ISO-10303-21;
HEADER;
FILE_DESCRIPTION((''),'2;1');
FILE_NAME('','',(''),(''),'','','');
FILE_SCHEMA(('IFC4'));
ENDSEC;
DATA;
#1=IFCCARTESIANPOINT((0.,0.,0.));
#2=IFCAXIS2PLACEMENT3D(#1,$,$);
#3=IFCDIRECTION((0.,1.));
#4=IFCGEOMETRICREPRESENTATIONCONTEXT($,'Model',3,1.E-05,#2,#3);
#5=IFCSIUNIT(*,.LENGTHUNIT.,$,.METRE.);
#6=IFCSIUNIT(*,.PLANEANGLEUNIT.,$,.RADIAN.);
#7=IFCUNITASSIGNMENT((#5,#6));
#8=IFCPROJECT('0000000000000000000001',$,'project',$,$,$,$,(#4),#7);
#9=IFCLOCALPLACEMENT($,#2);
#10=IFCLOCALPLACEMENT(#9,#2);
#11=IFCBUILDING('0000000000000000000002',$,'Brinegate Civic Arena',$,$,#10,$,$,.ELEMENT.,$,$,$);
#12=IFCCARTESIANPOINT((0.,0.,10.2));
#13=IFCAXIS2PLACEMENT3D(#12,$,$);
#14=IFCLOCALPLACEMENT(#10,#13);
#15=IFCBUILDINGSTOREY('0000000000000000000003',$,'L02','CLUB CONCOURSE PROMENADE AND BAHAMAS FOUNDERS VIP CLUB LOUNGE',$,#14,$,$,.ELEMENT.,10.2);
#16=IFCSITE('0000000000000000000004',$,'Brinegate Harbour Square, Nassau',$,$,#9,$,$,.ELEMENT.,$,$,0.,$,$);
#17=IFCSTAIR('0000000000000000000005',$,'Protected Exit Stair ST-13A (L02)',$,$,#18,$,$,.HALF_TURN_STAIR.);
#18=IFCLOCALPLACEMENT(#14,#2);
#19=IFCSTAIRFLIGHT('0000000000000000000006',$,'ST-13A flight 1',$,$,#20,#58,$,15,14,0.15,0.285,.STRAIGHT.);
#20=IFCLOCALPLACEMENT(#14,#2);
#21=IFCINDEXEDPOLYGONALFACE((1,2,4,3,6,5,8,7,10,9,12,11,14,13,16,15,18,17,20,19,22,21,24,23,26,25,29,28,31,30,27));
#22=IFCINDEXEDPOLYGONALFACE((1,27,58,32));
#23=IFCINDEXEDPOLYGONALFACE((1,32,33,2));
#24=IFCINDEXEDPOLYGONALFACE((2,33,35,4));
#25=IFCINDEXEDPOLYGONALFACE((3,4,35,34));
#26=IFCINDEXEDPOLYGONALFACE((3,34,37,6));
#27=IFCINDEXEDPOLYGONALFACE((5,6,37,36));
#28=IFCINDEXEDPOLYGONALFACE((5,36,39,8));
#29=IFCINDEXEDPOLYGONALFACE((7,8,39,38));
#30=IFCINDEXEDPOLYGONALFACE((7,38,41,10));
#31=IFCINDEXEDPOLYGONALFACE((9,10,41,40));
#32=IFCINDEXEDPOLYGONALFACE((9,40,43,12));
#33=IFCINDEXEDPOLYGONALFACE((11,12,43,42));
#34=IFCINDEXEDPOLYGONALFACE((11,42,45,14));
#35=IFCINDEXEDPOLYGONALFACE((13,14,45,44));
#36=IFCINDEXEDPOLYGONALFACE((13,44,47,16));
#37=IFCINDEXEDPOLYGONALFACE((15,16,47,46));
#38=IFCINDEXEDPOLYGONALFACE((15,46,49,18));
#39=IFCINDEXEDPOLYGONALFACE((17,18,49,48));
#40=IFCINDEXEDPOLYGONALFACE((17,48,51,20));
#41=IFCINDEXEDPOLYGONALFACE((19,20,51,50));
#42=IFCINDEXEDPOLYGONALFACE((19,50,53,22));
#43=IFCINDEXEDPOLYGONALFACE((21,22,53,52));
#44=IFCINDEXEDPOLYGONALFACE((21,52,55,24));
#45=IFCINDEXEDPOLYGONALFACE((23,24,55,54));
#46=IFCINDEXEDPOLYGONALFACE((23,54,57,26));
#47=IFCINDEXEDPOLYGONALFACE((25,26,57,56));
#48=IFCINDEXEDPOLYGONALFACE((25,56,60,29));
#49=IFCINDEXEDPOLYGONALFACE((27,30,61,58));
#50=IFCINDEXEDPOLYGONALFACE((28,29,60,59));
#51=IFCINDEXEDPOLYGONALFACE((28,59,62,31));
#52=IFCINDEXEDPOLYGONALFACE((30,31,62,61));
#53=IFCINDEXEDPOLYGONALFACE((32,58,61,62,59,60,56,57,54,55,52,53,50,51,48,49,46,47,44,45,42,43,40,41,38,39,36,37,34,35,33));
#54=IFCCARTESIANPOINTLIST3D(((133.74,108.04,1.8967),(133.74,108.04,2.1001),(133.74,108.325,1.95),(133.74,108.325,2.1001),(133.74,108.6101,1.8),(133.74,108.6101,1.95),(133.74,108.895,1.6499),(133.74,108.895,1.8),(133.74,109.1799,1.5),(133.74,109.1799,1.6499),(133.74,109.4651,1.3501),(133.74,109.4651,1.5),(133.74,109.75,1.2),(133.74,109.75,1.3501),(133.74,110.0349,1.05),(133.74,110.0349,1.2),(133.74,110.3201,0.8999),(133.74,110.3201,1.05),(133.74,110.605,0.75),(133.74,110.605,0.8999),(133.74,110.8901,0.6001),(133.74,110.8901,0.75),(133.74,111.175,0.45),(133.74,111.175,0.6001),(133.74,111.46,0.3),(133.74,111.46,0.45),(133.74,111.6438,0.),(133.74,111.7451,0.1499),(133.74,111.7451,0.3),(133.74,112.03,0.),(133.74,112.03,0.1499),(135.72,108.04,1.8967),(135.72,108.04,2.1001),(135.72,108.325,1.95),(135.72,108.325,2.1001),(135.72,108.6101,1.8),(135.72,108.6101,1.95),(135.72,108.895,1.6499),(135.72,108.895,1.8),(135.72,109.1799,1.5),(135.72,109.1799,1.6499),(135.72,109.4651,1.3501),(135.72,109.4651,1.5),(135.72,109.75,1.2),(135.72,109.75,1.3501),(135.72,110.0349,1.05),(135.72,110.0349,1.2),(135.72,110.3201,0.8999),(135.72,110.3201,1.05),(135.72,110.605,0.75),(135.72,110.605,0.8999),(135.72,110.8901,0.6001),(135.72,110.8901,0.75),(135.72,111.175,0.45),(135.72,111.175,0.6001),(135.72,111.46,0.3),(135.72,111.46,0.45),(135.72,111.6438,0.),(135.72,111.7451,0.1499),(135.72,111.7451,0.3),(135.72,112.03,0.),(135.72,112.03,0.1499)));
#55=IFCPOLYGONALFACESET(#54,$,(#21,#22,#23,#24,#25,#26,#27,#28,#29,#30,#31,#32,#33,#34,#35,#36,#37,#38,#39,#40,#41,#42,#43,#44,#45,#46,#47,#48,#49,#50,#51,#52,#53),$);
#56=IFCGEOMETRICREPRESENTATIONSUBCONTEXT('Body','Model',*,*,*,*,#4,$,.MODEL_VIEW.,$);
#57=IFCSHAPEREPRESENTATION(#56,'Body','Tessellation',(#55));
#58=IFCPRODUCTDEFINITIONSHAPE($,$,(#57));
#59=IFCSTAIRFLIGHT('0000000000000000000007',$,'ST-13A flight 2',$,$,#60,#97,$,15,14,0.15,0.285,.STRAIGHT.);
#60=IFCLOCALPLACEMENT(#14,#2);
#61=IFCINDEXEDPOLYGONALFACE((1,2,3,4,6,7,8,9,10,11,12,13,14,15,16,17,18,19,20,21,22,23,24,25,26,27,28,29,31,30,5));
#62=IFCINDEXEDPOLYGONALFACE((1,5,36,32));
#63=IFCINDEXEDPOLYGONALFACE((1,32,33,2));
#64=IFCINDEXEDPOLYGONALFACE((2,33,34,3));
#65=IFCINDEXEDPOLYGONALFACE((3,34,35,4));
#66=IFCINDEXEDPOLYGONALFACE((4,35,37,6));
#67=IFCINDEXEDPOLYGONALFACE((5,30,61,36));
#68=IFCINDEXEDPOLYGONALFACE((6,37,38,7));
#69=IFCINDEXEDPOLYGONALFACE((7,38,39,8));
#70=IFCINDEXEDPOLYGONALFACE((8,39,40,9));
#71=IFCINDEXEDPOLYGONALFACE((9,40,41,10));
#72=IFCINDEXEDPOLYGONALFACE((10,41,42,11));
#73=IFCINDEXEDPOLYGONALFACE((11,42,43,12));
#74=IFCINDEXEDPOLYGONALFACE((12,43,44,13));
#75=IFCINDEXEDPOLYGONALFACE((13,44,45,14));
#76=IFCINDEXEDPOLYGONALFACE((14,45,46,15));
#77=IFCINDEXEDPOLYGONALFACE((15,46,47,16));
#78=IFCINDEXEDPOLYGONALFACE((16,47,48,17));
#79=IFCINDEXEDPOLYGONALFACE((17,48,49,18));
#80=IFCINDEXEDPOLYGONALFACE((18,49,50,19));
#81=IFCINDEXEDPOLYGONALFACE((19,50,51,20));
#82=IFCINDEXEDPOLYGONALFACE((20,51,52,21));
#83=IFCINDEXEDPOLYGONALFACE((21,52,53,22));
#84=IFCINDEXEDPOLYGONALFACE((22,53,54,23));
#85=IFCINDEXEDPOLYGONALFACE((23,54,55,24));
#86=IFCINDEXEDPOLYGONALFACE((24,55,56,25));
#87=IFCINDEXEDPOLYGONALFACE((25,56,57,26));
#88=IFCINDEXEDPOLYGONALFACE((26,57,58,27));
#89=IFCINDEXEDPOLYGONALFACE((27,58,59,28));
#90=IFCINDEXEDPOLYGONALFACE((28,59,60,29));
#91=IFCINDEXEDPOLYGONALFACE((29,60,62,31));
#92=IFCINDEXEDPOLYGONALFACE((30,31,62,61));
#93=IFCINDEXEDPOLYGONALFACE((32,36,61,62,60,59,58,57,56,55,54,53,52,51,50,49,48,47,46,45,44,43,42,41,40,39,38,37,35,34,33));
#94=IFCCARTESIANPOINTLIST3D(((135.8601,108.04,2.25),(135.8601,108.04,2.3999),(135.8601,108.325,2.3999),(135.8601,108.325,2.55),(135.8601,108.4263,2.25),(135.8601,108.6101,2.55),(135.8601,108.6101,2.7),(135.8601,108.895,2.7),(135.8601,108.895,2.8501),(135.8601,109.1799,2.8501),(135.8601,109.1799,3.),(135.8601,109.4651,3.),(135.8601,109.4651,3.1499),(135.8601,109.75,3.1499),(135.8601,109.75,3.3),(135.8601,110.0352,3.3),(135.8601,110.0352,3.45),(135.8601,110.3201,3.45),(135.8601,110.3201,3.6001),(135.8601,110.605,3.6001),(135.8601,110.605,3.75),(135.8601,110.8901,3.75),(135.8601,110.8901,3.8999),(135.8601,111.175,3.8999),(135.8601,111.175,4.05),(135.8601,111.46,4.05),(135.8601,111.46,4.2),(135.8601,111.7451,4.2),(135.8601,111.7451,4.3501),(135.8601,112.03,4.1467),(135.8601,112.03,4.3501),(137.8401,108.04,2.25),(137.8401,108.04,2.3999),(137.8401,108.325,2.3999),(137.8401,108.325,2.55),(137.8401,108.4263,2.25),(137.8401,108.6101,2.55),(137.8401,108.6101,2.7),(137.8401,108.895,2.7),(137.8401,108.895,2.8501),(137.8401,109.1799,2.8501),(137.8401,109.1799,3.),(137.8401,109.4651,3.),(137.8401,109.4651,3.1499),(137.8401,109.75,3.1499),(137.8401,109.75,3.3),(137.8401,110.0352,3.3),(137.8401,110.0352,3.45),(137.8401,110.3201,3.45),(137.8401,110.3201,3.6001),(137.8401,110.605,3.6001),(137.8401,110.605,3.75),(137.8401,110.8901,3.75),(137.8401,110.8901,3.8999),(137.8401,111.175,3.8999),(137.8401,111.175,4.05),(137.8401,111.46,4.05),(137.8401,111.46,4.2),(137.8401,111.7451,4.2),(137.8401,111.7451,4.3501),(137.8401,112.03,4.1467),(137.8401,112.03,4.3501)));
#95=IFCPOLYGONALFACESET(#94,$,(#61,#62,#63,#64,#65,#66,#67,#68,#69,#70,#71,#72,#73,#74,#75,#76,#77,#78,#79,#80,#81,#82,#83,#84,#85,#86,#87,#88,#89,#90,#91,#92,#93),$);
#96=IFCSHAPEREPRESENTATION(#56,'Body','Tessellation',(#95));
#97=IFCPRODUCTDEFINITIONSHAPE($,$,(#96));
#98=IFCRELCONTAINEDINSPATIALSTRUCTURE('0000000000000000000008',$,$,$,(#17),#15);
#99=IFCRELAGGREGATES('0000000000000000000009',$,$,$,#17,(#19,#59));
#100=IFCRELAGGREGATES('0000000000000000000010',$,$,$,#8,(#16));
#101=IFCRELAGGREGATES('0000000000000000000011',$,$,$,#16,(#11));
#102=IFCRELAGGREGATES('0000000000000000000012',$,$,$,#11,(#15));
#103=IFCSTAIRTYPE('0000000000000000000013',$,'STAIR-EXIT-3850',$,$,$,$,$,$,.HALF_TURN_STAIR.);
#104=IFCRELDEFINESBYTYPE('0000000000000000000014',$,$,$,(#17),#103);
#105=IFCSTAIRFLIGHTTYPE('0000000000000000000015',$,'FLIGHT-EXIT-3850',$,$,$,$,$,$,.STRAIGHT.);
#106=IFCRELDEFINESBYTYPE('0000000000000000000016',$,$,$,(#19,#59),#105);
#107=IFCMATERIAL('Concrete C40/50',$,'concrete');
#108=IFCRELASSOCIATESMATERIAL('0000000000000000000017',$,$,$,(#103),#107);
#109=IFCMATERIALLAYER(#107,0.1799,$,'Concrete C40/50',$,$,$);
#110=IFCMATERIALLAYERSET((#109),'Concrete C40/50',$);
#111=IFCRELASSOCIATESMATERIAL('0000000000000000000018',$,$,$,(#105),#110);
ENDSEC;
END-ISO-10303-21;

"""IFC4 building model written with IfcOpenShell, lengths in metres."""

from ifc_helpers import new_model, si_unit, direction, frame, origin, place, context, subcontext, project, spatial, polyline, outline, extrude, material, layer, layer_set, type_object, element, aggregate, save


model = new_model("IFC4")

# Units and contexts
model_context = context("Model", 3, precision=1e-05, world=origin(), true_north=direction((0.0, 1.0)))
body_context = subcontext(model_context, "Body", "Model", "MODEL_VIEW")
ifc_project = project(units=[si_unit("LENGTHUNIT", "METRE"), si_unit("PLANEANGLEUNIT", "RADIAN")], contexts=[model_context])

# Site, building, storey
site_placement = place(None, origin())
site = spatial("IfcSite", under=ifc_project, at=site_placement, Name="Brinegate Harbour Square, Nassau", CompositionType="ELEMENT", RefElevation=0.0)
building_placement = place(site_placement, origin())
building = spatial("IfcBuilding", under=site, at=building_placement, Name="Brinegate Civic Arena", CompositionType="ELEMENT")
storey_placement = place(building_placement, frame((0.0, 0.0, 10.2)))
storey = spatial("IfcBuildingStorey", under=building, at=storey_placement, Name="L02", Description="CLUB CONCOURSE PROMENADE AND BAHAMAS FOUNDERS VIP CLUB LOUNGE", CompositionType="ELEMENT", Elevation=10.2)

# Stair, stair flights
ifc_material_1 = material(Name="Concrete C40/50", Category="concrete")
stair_type_1 = type_object("IfcStairType", Name="STAIR-EXIT-3850", PredefinedType="HALF_TURN_STAIR", material=ifc_material_1)
stair_1_placement = place(storey_placement, origin())
stair_1 = element("IfcStair", 1, at=stair_1_placement, inside=storey, type_object=stair_type_1, Name="Protected Exit Stair ST-13A (L02)", PredefinedType="HALF_TURN_STAIR")
ifc_layer_1 = layer(ifc_material_1, 0.1799, Name="Concrete C40/50")
ifc_layer_set_1 = layer_set([ifc_layer_1], Name="Concrete C40/50")
stair_flight_type_1 = type_object("IfcStairFlightType", Name="FLIGHT-EXIT-3850", PredefinedType="STRAIGHT", material=ifc_layer_set_1)
stair_flight_1_placement = place(storey_placement, frame((134.73, 112.03, 0.0), z_axis=(0.0, 0.0, 1.0), x_axis=(0.0, -1.0, 0.0)))
stair_flight_1 = element("IfcStairFlight", 2, at=stair_flight_1_placement, type_object=stair_flight_type_1, Name="ST-13A flight 1", NumberOfRisers=15, NumberOfTreads=14, PredefinedType="STRAIGHT", RiserHeight=0.15, TreadLength=0.285, context=body_context, shape_type="SweptSolid", body=[
    extrude(outline(polyline([(0.0, 0.0), (0.0, 0.1499), (0.2849, 0.1499), (0.2849, 0.3), (0.5701, 0.3), (0.5701, 0.45), (0.855, 0.45), (0.855, 0.6001), (1.1399, 0.6001), (1.1399, 0.75), (1.425, 0.75), (1.425, 0.8999), (1.71, 0.8999), (1.71, 1.05), (1.9951, 1.05), (1.9951, 1.2), (2.28, 1.2), (2.28, 1.3501), (2.5649, 1.3501), (2.5649, 1.5), (2.8501, 1.5), (2.8501, 1.6499), (3.135, 1.6499), (3.135, 1.8), (3.4199, 1.8), (3.4199, 1.95), (3.7051, 1.95), (3.7051, 2.1001), (3.99, 2.1001), (3.99, 2.25), (3.99, 1.8967), (0.3862, 0.0), (0.0, 0.0)])), frame((0.0, 0.99, 0.0), z_axis=(0.0, -1.0, 0.0), x_axis=(1.0, 0.0, 0.0)), (0.0, 0.0, 1.0), 1.98),
])
stair_flight_2_placement = place(storey_placement, frame((136.8501, 108.04, 2.25), z_axis=(0.0, 0.0, 1.0), x_axis=(0.0, 1.0, 0.0)))
stair_flight_2 = element("IfcStairFlight", 3, at=stair_flight_2_placement, type_object=stair_flight_type_1, Name="ST-13A flight 2", NumberOfRisers=15, NumberOfTreads=14, PredefinedType="STRAIGHT", RiserHeight=0.15, TreadLength=0.285, context=body_context, shape_type="SweptSolid", body=[
    extrude(outline(polyline([(0.0, 0.0), (0.0, 0.1499), (0.2849, 0.1499), (0.2849, 0.3), (0.5701, 0.3), (0.5701, 0.45), (0.855, 0.45), (0.855, 0.6001), (1.1399, 0.6001), (1.1399, 0.75), (1.425, 0.75), (1.425, 0.8999), (1.71, 0.8999), (1.71, 1.05), (1.9951, 1.05), (1.9951, 1.2), (2.28, 1.2), (2.28, 1.3501), (2.5649, 1.3501), (2.5649, 1.5), (2.8501, 1.5), (2.8501, 1.6499), (3.135, 1.6499), (3.135, 1.8), (3.4199, 1.8), (3.4199, 1.95), (3.7051, 1.95), (3.7051, 2.1001), (3.99, 2.1001), (3.99, 2.25), (3.99, 1.8967), (0.3862, 0.0), (0.0, 0.0)])), frame((0.0, 0.99, 0.0), z_axis=(0.0, -1.0, 0.0), x_axis=(1.0, 0.0, 0.0)), (0.0, 0.0, 1.0), 1.98),
])
aggregate(stair_1, [stair_flight_1, stair_flight_2])

save(model, "model.ifc")
